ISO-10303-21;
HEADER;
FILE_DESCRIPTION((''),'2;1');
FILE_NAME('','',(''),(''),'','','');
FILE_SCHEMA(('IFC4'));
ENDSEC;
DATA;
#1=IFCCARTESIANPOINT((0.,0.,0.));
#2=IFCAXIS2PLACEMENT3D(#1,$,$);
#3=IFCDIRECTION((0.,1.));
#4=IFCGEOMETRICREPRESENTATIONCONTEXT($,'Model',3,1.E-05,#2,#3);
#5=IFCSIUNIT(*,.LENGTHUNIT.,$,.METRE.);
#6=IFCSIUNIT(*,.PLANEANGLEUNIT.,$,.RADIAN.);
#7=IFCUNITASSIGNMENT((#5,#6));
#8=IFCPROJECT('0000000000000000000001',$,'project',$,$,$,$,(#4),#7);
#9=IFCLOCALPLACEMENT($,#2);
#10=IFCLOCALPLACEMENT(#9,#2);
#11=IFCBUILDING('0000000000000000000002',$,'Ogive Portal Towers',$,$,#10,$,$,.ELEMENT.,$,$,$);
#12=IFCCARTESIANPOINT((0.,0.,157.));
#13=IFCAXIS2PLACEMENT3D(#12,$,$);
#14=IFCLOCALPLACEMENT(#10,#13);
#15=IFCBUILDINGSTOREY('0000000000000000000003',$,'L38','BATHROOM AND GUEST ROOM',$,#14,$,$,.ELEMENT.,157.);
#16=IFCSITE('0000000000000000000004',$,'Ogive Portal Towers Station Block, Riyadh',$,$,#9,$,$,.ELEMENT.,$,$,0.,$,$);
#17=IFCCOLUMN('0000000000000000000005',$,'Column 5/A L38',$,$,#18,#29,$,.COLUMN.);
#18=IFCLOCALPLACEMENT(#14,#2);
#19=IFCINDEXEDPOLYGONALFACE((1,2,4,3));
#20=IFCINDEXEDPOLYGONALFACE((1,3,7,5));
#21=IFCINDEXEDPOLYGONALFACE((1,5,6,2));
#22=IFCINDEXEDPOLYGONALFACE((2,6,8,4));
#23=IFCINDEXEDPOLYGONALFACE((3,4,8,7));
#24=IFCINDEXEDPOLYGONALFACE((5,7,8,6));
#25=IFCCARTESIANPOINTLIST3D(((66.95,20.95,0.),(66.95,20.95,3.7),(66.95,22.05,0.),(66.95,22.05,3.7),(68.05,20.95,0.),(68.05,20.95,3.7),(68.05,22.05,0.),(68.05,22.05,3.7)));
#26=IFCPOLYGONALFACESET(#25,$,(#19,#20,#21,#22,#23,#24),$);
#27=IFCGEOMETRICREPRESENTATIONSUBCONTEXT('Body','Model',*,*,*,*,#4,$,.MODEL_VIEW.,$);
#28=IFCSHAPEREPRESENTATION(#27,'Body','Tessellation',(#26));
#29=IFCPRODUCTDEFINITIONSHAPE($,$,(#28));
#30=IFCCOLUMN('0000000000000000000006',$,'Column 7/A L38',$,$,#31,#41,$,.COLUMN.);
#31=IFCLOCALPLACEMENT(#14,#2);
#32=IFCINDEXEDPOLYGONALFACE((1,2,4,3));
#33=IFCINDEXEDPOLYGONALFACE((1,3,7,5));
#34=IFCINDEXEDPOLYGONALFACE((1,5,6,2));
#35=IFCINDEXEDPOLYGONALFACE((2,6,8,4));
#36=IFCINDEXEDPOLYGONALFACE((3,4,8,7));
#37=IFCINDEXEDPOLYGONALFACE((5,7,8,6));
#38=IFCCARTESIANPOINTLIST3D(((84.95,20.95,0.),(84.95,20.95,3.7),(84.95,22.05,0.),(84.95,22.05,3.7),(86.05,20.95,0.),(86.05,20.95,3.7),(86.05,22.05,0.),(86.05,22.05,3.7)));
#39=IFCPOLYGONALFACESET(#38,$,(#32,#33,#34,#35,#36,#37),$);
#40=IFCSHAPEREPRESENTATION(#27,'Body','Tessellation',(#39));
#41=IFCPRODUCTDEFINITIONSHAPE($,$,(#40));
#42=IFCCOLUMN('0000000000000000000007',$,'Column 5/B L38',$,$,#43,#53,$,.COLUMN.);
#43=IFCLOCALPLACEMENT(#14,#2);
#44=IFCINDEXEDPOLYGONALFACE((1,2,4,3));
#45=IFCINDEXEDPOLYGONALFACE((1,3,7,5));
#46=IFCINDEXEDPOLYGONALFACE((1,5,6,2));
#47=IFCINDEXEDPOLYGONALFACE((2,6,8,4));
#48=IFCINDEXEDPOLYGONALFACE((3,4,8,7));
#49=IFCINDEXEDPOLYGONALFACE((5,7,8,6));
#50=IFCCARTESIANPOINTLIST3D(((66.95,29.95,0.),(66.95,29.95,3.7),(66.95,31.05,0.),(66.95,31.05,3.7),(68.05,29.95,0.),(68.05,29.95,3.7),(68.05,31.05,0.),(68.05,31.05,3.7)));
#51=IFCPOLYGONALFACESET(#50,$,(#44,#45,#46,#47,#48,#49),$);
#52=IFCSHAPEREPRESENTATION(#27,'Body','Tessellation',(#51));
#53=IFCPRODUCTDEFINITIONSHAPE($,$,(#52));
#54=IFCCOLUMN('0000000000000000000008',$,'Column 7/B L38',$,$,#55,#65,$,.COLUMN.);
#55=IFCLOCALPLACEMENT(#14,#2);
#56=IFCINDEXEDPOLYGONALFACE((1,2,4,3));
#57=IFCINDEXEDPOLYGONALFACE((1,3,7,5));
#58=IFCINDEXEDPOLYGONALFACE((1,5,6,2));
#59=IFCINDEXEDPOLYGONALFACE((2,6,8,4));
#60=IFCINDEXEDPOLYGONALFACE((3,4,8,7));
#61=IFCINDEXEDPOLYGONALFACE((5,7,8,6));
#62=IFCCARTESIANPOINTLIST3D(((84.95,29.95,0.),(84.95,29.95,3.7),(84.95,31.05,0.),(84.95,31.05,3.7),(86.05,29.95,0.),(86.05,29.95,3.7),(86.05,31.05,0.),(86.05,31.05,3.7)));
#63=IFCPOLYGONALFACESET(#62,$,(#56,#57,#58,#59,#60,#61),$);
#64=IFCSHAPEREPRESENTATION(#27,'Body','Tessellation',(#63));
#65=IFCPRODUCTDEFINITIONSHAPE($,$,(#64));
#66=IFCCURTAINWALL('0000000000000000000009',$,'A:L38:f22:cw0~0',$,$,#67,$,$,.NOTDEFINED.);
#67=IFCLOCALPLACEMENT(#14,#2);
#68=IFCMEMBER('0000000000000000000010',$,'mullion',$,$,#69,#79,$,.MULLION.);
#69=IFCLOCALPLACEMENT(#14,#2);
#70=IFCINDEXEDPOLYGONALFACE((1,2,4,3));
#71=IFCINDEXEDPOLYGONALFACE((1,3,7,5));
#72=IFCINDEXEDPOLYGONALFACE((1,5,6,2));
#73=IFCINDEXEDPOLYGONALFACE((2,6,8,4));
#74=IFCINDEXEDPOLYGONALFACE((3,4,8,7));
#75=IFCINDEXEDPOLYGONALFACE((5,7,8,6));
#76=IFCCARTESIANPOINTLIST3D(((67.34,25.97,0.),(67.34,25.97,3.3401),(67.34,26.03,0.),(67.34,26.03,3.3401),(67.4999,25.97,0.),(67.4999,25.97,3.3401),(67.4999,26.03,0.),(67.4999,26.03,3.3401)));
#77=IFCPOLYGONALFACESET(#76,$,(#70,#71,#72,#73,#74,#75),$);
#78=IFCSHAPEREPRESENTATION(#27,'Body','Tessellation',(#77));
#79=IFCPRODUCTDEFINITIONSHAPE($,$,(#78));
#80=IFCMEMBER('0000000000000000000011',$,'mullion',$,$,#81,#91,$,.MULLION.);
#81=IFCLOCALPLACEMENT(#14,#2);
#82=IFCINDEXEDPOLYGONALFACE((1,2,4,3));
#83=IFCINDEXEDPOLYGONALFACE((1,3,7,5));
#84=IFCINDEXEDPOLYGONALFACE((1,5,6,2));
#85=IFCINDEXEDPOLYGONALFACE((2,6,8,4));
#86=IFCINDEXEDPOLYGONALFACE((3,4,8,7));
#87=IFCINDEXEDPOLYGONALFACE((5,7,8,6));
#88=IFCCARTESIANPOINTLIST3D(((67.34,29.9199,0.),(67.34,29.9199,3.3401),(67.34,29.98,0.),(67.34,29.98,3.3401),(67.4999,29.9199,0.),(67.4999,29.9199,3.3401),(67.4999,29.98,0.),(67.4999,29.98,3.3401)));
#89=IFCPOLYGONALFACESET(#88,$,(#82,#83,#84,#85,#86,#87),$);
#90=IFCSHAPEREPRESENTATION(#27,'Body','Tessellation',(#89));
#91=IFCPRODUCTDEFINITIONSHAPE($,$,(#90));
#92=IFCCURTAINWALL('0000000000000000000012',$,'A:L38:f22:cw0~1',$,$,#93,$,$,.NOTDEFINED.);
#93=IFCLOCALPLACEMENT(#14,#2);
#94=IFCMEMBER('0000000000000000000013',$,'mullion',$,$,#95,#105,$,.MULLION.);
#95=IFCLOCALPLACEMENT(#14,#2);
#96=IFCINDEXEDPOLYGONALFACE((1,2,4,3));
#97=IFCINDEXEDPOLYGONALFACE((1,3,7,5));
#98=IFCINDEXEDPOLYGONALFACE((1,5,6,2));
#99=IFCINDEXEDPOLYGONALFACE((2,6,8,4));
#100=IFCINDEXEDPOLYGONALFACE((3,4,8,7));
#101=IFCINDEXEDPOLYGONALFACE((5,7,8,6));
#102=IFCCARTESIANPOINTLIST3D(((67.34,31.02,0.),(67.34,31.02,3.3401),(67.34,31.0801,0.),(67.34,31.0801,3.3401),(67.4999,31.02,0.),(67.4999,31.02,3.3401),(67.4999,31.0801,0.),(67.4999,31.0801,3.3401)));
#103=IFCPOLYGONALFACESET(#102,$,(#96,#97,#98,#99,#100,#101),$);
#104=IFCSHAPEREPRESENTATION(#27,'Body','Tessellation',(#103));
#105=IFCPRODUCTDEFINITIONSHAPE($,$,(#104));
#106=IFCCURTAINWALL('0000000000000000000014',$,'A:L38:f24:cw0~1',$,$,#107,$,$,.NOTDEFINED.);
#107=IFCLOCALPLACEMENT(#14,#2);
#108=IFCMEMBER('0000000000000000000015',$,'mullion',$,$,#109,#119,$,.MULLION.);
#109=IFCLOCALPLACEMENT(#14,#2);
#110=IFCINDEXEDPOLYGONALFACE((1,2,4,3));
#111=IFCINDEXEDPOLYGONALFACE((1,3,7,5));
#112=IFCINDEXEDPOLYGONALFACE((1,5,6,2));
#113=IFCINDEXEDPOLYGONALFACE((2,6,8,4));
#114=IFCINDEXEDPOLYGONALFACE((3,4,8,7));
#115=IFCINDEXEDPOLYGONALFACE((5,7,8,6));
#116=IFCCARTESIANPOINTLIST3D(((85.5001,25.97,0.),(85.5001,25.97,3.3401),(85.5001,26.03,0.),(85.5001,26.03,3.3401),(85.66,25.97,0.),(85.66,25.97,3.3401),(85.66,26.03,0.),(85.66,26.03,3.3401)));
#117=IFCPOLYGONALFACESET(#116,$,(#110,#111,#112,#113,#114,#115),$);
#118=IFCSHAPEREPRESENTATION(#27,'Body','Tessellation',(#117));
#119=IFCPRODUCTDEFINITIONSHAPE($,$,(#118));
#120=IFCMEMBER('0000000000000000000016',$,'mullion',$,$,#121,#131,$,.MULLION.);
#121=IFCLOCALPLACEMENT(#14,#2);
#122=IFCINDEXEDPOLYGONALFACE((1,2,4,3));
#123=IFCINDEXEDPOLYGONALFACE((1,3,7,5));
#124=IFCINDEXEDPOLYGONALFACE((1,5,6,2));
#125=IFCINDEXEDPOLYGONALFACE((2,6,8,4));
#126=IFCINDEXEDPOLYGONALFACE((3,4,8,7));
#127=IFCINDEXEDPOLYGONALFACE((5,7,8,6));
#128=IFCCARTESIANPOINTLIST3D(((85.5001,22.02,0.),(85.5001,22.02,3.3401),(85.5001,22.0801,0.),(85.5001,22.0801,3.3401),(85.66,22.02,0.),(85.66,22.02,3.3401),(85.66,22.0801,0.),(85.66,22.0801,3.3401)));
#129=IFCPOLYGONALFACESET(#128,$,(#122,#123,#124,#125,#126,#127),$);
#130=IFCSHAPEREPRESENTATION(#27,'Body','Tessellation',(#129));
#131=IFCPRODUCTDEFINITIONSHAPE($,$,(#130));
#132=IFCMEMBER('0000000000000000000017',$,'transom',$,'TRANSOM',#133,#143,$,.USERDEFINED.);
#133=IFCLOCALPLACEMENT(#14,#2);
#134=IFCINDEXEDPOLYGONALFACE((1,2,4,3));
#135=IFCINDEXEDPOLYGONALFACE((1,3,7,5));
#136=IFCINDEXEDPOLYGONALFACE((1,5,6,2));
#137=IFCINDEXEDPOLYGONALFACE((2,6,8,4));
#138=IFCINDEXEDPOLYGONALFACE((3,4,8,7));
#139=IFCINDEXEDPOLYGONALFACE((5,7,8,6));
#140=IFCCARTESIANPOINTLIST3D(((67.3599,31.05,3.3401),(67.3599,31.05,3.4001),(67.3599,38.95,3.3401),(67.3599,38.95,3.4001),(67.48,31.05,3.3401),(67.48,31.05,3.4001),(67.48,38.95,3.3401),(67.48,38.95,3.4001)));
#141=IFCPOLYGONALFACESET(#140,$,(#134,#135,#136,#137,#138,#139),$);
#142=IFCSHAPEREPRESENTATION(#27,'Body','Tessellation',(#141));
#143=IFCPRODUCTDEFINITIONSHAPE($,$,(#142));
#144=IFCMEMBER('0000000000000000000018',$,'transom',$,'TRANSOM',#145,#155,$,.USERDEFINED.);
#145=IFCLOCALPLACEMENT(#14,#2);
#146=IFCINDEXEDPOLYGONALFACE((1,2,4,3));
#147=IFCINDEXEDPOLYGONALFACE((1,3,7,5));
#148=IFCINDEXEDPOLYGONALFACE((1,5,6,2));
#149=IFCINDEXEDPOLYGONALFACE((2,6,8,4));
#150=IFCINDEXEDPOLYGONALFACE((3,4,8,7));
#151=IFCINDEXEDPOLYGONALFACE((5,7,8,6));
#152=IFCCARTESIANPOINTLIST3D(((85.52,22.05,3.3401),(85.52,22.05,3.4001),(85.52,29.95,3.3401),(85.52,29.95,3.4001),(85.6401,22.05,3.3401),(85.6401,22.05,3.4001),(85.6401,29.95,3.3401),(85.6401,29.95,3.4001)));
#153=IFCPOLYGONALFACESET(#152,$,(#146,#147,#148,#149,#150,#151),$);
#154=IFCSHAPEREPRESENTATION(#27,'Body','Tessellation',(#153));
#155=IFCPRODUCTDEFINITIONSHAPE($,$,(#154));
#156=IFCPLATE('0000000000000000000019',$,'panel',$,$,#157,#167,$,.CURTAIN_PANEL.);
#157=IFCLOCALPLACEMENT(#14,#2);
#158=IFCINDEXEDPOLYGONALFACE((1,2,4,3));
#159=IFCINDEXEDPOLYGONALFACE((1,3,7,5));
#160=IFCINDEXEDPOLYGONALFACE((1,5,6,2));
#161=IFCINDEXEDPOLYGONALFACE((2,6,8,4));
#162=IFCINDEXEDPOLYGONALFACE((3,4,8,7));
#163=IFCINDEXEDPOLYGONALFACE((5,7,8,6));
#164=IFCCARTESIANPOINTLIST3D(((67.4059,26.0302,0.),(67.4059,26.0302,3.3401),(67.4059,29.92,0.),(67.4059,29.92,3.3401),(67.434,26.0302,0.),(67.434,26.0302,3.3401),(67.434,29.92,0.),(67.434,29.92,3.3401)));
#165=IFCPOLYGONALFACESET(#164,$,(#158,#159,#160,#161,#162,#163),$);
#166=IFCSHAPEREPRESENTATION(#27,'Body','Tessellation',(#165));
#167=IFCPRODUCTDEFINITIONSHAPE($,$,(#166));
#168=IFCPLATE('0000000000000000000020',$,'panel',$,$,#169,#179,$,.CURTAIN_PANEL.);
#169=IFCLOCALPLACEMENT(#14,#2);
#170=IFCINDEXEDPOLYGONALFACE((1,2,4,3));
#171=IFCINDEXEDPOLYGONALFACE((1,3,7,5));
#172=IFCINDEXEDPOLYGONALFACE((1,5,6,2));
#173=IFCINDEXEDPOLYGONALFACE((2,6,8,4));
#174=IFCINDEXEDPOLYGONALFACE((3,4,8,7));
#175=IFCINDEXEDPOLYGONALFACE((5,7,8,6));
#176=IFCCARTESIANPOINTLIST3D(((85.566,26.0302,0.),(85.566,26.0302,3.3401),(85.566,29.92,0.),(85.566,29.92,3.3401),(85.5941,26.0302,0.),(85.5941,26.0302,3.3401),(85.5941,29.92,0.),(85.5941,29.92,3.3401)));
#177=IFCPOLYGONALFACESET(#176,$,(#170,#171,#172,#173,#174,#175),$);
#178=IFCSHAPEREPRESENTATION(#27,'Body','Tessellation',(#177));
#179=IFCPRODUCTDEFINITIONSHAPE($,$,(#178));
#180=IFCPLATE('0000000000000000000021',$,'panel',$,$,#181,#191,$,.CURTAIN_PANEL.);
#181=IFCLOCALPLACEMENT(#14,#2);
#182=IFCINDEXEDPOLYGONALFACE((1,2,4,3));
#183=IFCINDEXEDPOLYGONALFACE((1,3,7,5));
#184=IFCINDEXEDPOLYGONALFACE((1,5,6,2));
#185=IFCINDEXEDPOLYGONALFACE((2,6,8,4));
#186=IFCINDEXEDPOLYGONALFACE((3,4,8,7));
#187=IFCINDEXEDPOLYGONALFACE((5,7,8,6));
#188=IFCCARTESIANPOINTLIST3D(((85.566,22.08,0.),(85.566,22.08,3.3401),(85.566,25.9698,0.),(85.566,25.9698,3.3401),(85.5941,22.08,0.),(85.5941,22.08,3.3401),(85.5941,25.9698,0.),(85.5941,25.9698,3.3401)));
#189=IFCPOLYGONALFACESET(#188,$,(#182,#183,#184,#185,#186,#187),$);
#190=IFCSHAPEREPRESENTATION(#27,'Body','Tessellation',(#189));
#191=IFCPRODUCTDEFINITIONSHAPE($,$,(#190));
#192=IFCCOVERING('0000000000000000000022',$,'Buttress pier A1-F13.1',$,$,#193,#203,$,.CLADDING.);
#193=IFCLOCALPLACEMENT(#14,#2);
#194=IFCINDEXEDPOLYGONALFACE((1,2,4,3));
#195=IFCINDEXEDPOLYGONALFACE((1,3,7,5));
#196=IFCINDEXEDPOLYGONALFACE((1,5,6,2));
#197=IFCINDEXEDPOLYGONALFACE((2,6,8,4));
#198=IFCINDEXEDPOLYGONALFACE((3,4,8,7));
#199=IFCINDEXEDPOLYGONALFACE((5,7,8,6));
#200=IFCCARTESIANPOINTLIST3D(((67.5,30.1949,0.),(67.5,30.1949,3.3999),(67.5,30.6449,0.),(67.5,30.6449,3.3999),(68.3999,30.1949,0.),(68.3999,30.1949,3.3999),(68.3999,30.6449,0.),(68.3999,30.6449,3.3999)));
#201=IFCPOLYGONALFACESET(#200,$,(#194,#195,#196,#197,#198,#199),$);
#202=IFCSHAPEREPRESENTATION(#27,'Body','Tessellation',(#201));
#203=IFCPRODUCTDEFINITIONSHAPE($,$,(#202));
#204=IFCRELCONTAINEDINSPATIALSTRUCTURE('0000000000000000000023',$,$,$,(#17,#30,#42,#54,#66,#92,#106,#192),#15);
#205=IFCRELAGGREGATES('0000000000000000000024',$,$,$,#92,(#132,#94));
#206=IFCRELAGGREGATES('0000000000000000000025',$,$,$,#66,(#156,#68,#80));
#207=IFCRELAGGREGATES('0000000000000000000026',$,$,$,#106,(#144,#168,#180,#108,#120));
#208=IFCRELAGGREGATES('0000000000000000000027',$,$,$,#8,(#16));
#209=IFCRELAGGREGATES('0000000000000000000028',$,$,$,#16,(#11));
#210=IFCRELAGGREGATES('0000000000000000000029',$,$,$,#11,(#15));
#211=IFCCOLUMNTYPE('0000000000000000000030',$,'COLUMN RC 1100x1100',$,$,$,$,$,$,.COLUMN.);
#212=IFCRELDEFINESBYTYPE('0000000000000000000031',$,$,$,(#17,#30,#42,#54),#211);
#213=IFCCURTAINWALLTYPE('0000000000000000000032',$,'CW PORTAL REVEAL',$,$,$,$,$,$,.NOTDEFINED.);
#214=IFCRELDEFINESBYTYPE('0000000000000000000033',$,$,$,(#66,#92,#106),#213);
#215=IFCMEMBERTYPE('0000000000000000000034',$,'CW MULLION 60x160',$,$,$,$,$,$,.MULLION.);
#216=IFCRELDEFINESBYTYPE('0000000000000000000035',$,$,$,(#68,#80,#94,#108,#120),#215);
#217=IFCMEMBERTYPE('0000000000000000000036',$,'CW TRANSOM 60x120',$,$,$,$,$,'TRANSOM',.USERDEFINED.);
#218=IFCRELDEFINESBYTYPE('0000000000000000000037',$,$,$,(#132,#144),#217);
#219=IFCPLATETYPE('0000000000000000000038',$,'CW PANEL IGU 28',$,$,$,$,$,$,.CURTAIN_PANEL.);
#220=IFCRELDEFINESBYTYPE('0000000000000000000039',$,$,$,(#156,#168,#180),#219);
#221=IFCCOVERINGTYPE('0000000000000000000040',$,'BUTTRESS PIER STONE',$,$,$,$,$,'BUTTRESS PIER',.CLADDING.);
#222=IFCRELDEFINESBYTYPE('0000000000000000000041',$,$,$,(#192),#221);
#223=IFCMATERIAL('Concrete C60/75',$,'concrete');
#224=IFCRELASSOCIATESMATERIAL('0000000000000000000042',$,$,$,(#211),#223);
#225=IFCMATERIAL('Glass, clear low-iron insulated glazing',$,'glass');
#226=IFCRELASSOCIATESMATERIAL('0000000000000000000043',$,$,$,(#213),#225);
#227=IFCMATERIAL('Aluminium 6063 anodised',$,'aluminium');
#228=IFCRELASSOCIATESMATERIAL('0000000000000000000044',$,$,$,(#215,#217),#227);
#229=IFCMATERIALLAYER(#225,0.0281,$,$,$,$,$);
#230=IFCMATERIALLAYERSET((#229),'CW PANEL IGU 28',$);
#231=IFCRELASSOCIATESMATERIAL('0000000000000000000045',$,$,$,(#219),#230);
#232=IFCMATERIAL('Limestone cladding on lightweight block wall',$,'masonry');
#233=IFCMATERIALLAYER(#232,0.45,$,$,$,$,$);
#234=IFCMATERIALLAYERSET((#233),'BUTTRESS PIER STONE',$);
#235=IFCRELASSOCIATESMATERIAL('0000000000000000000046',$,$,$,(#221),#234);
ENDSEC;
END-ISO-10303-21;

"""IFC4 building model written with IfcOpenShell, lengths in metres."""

from ifc_helpers import new_model, si_unit, direction, frame, origin, origin_2d, place, context, subcontext, project, spatial, rectangle, extrude, material, layer, layer_set, material_profile, profile_set, type_object, element, aggregate, save


model = new_model("IFC4")

# Units and contexts
model_context = context("Model", 3, precision=1e-05, world=origin(), true_north=direction((0.0, 1.0)))
body_context = subcontext(model_context, "Body", "Model", "MODEL_VIEW")
ifc_project = project(units=[si_unit("LENGTHUNIT", "METRE"), si_unit("PLANEANGLEUNIT", "RADIAN")], contexts=[model_context])

# Site, building, storey
site_placement = place(None, origin())
site = spatial("IfcSite", under=ifc_project, at=site_placement, Name="Ogive Portal Towers Station Block, Riyadh", CompositionType="ELEMENT", RefElevation=0.0)
building_placement = place(site_placement, origin())
building = spatial("IfcBuilding", under=site, at=building_placement, Name="Ogive Portal Towers", CompositionType="ELEMENT")
storey_placement = place(building_placement, frame((0.0, 0.0, 157.0)))
storey = spatial("IfcBuildingStorey", under=building, at=storey_placement, Name="L38", Description="BATHROOM AND GUEST ROOM", CompositionType="ELEMENT", Elevation=157.0)

# Columns
ifc_material_1 = material(Name="Concrete C60/75", Category="concrete")
ifc_material_profile_1 = material_profile(ifc_material_1, rectangle(XDim=1.1001, YDim=1.1001, at=origin_2d()), Name="RC 1100x1100")
ifc_profile_set_1 = profile_set([ifc_material_profile_1], Name="Concrete C60/75")
column_type = type_object("IfcColumnType", Name="COLUMN RC 1100x1100", PredefinedType="COLUMN", material=ifc_profile_set_1)
for number, where, z_axis, x_axis, name in (
    (1, (67.5, 21.5, 0.0), (0.0, 0.0, 1.0), (1.0, 0.0, 0.0), "Column 5/A L38"),
    (2, (85.5, 21.5, 0.0), (0.0, 0.0, 1.0), (1.0, 0.0, 0.0), "Column 7/A L38"),
    (3, (67.5, 30.5, 0.0), (0.0, 0.0, 1.0), (1.0, 0.0, 0.0), "Column 5/B L38"),
    (4, (85.5, 30.5, 0.0), (0.0, 0.0, 1.0), (1.0, 0.0, 0.0), "Column 7/B L38"),
):
    element("IfcColumn", number, at=place(storey_placement, frame(where, z_axis=z_axis, x_axis=x_axis)), inside=storey, type_object=column_type, Name=name, PredefinedType="COLUMN", context=body_context, shape_type="SweptSolid", body=[
        extrude(rectangle(XDim=1.1001, YDim=1.1001, at=origin_2d()), origin(), (0.0, 0.0, 1.0), 3.7),
    ])

# Curtain wall, members
ifc_material_2 = material(Name="Glass, clear low-iron insulated glazing", Category="glass")
curtain_wall_type = type_object("IfcCurtainWallType", Name="CW PORTAL REVEAL", PredefinedType="NOTDEFINED", material=ifc_material_2)
curtain_wall_1_placement = place(storey_placement, origin())
curtain_wall_1 = element("IfcCurtainWall", 5, at=curtain_wall_1_placement, inside=storey, type_object=curtain_wall_type, Name="A:L38:f22:cw0~0", PredefinedType="NOTDEFINED")
ifc_material_3 = material(Name="Aluminium 6063 anodised", Category="aluminium")
ifc_material_profile_2 = material_profile(ifc_material_3, rectangle(XDim=0.1599, YDim=0.0601, at=origin_2d()), Name="AL 60x160")
ifc_profile_set_2 = profile_set([ifc_material_profile_2], Name="Aluminium 6063 anodised")
member_type_1 = type_object("IfcMemberType", Name="CW MULLION 60x160", PredefinedType="MULLION", material=ifc_profile_set_2)
member_1_placement = place(storey_placement, frame((67.4199, 26.0, 0.0), z_axis=(0.0, 0.0, 1.0), x_axis=(-1.0, 0.0, 0.0)))
member_1 = element("IfcMember", 6, at=member_1_placement, type_object=member_type_1, Name="mullion", PredefinedType="MULLION", context=body_context, shape_type="SweptSolid", body=[
    extrude(rectangle(XDim=0.1599, YDim=0.0601, at=origin_2d()), origin(), (0.0, 0.0, 1.0), 3.3401),
])
member_2_placement = place(storey_placement, frame((67.4199, 29.95, 0.0), z_axis=(0.0, 0.0, 1.0), x_axis=(-1.0, 0.0, 0.0)))
member_2 = element("IfcMember", 7, at=member_2_placement, type_object=member_type_1, Name="mullion", PredefinedType="MULLION", context=body_context, shape_type="SweptSolid", body=[
    extrude(rectangle(XDim=0.1599, YDim=0.0601, at=origin_2d()), origin(), (0.0, 0.0, 1.0), 3.3401),
])

# Curtain wall, member
curtain_wall_2_placement = place(storey_placement, origin())
curtain_wall_2 = element("IfcCurtainWall", 8, at=curtain_wall_2_placement, inside=storey, type_object=curtain_wall_type, Name="A:L38:f22:cw0~1", PredefinedType="NOTDEFINED")
member_3_placement = place(storey_placement, frame((67.4199, 31.05, 0.0), z_axis=(0.0, 0.0, 1.0), x_axis=(-1.0, 0.0, 0.0)))
member_3 = element("IfcMember", 9, at=member_3_placement, type_object=member_type_1, Name="mullion", PredefinedType="MULLION", context=body_context, shape_type="SweptSolid", body=[
    extrude(rectangle(XDim=0.1599, YDim=0.0601, at=origin_2d()), origin(), (0.0, 0.0, 1.0), 3.3401),
])

# Curtain wall, members
curtain_wall_3_placement = place(storey_placement, origin())
curtain_wall_3 = element("IfcCurtainWall", 10, at=curtain_wall_3_placement, inside=storey, type_object=curtain_wall_type, Name="A:L38:f24:cw0~1", PredefinedType="NOTDEFINED")
member_4_placement = place(storey_placement, frame((85.5801, 26.0, 0.0), z_axis=(0.0, 0.0, 1.0), x_axis=(1.0, 0.0, 0.0)))
member_4 = element("IfcMember", 11, at=member_4_placement, type_object=member_type_1, Name="mullion", PredefinedType="MULLION", context=body_context, shape_type="SweptSolid", body=[
    extrude(rectangle(XDim=0.1599, YDim=0.0601, at=origin_2d()), origin(), (0.0, 0.0, 1.0), 3.3401),
])
member_5_placement = place(storey_placement, frame((85.5801, 22.05, 0.0), z_axis=(0.0, 0.0, 1.0), x_axis=(1.0, 0.0, 0.0)))
member_5 = element("IfcMember", 12, at=member_5_placement, type_object=member_type_1, Name="mullion", PredefinedType="MULLION", context=body_context, shape_type="SweptSolid", body=[
    extrude(rectangle(XDim=0.1599, YDim=0.0601, at=origin_2d()), origin(), (0.0, 0.0, 1.0), 3.3401),
])

# Members
ifc_material_profile_3 = material_profile(ifc_material_3, rectangle(XDim=0.1201, YDim=0.0601, at=origin_2d()), Name="AL 120x60")
ifc_profile_set_3 = profile_set([ifc_material_profile_3], Name="Aluminium 6063 anodised")
member_type_2 = type_object("IfcMemberType", Name="CW TRANSOM 60x120", ElementType="TRANSOM", PredefinedType="USERDEFINED", material=ifc_profile_set_3)
member_6_placement = place(storey_placement, frame((67.4199, 31.05, 3.3701), z_axis=(0.0, 1.0, 0.0), x_axis=(-1.0, 0.0, 0.0)))
member_6 = element("IfcMember", 13, at=member_6_placement, type_object=member_type_2, Name="transom", ObjectType="TRANSOM", PredefinedType="USERDEFINED", context=body_context, shape_type="SweptSolid", body=[
    extrude(rectangle(XDim=0.1201, YDim=0.0601, at=origin_2d()), origin(), (0.0, 0.0, 1.0), 7.8999),
])
aggregate(curtain_wall_2, [member_6, member_3])
member_7_placement = place(storey_placement, frame((85.5801, 29.95, 3.3701), z_axis=(0.0, -1.0, 0.0), x_axis=(1.0, 0.0, 0.0)))
member_7 = element("IfcMember", 14, at=member_7_placement, type_object=member_type_2, Name="transom", ObjectType="TRANSOM", PredefinedType="USERDEFINED", context=body_context, shape_type="SweptSolid", body=[
    extrude(rectangle(XDim=0.1201, YDim=0.0601, at=origin_2d()), origin(), (0.0, 0.0, 1.0), 7.8999),
])

# Plates
ifc_layer_1 = layer(ifc_material_2, 0.0281)
ifc_layer_set_1 = layer_set([ifc_layer_1], Name="CW PANEL IGU 28")
plate_type = type_object("IfcPlateType", Name="CW PANEL IGU 28", PredefinedType="CURTAIN_PANEL", material=ifc_layer_set_1)
plate_1_placement = place(storey_placement, frame((67.4199, 27.9751, 0.0), z_axis=(0.0, 0.0, 1.0), x_axis=(0.0, 1.0, 0.0)))
plate_1 = element("IfcPlate", 15, at=plate_1_placement, type_object=plate_type, Name="panel", PredefinedType="CURTAIN_PANEL", context=body_context, shape_type="SweptSolid", body=[
    extrude(rectangle(XDim=3.8899, YDim=0.0281, at=origin_2d()), origin(), (0.0, 0.0, 1.0), 3.3401),
])
aggregate(curtain_wall_1, [plate_1, member_1, member_2])
plate_2_placement = place(storey_placement, frame((85.5801, 27.9751, 0.0), z_axis=(0.0, 0.0, 1.0), x_axis=(0.0, -1.0, 0.0)))
plate_2 = element("IfcPlate", 16, at=plate_2_placement, type_object=plate_type, Name="panel", PredefinedType="CURTAIN_PANEL", context=body_context, shape_type="SweptSolid", body=[
    extrude(rectangle(XDim=3.8899, YDim=0.0281, at=origin_2d()), origin(), (0.0, 0.0, 1.0), 3.3401),
])
plate_3_placement = place(storey_placement, frame((85.5801, 24.0249, 0.0), z_axis=(0.0, 0.0, 1.0), x_axis=(0.0, -1.0, 0.0)))
plate_3 = element("IfcPlate", 17, at=plate_3_placement, type_object=plate_type, Name="panel", PredefinedType="CURTAIN_PANEL", context=body_context, shape_type="SweptSolid", body=[
    extrude(rectangle(XDim=3.8899, YDim=0.0281, at=origin_2d()), origin(), (0.0, 0.0, 1.0), 3.3401),
])
aggregate(curtain_wall_3, [member_7, plate_2, plate_3, member_4, member_5])

# Covering
ifc_material_4 = material(Name="Limestone cladding on lightweight block wall", Category="masonry")
ifc_layer_2 = layer(ifc_material_4, 0.45)
ifc_layer_set_2 = layer_set([ifc_layer_2], Name="BUTTRESS PIER STONE")
covering_type = type_object("IfcCoveringType", Name="BUTTRESS PIER STONE", ElementType="BUTTRESS PIER", PredefinedType="CLADDING", material=ifc_layer_set_2)
for number, where, z_axis, x_axis, name in (
    (18, (67.95, 30.4199, 0.0), (0.0, 0.0, 1.0), (1.0, 0.0, 0.0), "Buttress pier A1-F13.1"),
):
    element("IfcCovering", number, at=place(storey_placement, frame(where, z_axis=z_axis, x_axis=x_axis)), inside=storey, type_object=covering_type, Name=name, PredefinedType="CLADDING", context=body_context, shape_type="SweptSolid", body=[
        extrude(rectangle(XDim=0.8999, YDim=0.45, at=origin_2d()), origin(), (0.0, 0.0, 1.0), 3.3999),
    ])

save(model, "model.ifc")
